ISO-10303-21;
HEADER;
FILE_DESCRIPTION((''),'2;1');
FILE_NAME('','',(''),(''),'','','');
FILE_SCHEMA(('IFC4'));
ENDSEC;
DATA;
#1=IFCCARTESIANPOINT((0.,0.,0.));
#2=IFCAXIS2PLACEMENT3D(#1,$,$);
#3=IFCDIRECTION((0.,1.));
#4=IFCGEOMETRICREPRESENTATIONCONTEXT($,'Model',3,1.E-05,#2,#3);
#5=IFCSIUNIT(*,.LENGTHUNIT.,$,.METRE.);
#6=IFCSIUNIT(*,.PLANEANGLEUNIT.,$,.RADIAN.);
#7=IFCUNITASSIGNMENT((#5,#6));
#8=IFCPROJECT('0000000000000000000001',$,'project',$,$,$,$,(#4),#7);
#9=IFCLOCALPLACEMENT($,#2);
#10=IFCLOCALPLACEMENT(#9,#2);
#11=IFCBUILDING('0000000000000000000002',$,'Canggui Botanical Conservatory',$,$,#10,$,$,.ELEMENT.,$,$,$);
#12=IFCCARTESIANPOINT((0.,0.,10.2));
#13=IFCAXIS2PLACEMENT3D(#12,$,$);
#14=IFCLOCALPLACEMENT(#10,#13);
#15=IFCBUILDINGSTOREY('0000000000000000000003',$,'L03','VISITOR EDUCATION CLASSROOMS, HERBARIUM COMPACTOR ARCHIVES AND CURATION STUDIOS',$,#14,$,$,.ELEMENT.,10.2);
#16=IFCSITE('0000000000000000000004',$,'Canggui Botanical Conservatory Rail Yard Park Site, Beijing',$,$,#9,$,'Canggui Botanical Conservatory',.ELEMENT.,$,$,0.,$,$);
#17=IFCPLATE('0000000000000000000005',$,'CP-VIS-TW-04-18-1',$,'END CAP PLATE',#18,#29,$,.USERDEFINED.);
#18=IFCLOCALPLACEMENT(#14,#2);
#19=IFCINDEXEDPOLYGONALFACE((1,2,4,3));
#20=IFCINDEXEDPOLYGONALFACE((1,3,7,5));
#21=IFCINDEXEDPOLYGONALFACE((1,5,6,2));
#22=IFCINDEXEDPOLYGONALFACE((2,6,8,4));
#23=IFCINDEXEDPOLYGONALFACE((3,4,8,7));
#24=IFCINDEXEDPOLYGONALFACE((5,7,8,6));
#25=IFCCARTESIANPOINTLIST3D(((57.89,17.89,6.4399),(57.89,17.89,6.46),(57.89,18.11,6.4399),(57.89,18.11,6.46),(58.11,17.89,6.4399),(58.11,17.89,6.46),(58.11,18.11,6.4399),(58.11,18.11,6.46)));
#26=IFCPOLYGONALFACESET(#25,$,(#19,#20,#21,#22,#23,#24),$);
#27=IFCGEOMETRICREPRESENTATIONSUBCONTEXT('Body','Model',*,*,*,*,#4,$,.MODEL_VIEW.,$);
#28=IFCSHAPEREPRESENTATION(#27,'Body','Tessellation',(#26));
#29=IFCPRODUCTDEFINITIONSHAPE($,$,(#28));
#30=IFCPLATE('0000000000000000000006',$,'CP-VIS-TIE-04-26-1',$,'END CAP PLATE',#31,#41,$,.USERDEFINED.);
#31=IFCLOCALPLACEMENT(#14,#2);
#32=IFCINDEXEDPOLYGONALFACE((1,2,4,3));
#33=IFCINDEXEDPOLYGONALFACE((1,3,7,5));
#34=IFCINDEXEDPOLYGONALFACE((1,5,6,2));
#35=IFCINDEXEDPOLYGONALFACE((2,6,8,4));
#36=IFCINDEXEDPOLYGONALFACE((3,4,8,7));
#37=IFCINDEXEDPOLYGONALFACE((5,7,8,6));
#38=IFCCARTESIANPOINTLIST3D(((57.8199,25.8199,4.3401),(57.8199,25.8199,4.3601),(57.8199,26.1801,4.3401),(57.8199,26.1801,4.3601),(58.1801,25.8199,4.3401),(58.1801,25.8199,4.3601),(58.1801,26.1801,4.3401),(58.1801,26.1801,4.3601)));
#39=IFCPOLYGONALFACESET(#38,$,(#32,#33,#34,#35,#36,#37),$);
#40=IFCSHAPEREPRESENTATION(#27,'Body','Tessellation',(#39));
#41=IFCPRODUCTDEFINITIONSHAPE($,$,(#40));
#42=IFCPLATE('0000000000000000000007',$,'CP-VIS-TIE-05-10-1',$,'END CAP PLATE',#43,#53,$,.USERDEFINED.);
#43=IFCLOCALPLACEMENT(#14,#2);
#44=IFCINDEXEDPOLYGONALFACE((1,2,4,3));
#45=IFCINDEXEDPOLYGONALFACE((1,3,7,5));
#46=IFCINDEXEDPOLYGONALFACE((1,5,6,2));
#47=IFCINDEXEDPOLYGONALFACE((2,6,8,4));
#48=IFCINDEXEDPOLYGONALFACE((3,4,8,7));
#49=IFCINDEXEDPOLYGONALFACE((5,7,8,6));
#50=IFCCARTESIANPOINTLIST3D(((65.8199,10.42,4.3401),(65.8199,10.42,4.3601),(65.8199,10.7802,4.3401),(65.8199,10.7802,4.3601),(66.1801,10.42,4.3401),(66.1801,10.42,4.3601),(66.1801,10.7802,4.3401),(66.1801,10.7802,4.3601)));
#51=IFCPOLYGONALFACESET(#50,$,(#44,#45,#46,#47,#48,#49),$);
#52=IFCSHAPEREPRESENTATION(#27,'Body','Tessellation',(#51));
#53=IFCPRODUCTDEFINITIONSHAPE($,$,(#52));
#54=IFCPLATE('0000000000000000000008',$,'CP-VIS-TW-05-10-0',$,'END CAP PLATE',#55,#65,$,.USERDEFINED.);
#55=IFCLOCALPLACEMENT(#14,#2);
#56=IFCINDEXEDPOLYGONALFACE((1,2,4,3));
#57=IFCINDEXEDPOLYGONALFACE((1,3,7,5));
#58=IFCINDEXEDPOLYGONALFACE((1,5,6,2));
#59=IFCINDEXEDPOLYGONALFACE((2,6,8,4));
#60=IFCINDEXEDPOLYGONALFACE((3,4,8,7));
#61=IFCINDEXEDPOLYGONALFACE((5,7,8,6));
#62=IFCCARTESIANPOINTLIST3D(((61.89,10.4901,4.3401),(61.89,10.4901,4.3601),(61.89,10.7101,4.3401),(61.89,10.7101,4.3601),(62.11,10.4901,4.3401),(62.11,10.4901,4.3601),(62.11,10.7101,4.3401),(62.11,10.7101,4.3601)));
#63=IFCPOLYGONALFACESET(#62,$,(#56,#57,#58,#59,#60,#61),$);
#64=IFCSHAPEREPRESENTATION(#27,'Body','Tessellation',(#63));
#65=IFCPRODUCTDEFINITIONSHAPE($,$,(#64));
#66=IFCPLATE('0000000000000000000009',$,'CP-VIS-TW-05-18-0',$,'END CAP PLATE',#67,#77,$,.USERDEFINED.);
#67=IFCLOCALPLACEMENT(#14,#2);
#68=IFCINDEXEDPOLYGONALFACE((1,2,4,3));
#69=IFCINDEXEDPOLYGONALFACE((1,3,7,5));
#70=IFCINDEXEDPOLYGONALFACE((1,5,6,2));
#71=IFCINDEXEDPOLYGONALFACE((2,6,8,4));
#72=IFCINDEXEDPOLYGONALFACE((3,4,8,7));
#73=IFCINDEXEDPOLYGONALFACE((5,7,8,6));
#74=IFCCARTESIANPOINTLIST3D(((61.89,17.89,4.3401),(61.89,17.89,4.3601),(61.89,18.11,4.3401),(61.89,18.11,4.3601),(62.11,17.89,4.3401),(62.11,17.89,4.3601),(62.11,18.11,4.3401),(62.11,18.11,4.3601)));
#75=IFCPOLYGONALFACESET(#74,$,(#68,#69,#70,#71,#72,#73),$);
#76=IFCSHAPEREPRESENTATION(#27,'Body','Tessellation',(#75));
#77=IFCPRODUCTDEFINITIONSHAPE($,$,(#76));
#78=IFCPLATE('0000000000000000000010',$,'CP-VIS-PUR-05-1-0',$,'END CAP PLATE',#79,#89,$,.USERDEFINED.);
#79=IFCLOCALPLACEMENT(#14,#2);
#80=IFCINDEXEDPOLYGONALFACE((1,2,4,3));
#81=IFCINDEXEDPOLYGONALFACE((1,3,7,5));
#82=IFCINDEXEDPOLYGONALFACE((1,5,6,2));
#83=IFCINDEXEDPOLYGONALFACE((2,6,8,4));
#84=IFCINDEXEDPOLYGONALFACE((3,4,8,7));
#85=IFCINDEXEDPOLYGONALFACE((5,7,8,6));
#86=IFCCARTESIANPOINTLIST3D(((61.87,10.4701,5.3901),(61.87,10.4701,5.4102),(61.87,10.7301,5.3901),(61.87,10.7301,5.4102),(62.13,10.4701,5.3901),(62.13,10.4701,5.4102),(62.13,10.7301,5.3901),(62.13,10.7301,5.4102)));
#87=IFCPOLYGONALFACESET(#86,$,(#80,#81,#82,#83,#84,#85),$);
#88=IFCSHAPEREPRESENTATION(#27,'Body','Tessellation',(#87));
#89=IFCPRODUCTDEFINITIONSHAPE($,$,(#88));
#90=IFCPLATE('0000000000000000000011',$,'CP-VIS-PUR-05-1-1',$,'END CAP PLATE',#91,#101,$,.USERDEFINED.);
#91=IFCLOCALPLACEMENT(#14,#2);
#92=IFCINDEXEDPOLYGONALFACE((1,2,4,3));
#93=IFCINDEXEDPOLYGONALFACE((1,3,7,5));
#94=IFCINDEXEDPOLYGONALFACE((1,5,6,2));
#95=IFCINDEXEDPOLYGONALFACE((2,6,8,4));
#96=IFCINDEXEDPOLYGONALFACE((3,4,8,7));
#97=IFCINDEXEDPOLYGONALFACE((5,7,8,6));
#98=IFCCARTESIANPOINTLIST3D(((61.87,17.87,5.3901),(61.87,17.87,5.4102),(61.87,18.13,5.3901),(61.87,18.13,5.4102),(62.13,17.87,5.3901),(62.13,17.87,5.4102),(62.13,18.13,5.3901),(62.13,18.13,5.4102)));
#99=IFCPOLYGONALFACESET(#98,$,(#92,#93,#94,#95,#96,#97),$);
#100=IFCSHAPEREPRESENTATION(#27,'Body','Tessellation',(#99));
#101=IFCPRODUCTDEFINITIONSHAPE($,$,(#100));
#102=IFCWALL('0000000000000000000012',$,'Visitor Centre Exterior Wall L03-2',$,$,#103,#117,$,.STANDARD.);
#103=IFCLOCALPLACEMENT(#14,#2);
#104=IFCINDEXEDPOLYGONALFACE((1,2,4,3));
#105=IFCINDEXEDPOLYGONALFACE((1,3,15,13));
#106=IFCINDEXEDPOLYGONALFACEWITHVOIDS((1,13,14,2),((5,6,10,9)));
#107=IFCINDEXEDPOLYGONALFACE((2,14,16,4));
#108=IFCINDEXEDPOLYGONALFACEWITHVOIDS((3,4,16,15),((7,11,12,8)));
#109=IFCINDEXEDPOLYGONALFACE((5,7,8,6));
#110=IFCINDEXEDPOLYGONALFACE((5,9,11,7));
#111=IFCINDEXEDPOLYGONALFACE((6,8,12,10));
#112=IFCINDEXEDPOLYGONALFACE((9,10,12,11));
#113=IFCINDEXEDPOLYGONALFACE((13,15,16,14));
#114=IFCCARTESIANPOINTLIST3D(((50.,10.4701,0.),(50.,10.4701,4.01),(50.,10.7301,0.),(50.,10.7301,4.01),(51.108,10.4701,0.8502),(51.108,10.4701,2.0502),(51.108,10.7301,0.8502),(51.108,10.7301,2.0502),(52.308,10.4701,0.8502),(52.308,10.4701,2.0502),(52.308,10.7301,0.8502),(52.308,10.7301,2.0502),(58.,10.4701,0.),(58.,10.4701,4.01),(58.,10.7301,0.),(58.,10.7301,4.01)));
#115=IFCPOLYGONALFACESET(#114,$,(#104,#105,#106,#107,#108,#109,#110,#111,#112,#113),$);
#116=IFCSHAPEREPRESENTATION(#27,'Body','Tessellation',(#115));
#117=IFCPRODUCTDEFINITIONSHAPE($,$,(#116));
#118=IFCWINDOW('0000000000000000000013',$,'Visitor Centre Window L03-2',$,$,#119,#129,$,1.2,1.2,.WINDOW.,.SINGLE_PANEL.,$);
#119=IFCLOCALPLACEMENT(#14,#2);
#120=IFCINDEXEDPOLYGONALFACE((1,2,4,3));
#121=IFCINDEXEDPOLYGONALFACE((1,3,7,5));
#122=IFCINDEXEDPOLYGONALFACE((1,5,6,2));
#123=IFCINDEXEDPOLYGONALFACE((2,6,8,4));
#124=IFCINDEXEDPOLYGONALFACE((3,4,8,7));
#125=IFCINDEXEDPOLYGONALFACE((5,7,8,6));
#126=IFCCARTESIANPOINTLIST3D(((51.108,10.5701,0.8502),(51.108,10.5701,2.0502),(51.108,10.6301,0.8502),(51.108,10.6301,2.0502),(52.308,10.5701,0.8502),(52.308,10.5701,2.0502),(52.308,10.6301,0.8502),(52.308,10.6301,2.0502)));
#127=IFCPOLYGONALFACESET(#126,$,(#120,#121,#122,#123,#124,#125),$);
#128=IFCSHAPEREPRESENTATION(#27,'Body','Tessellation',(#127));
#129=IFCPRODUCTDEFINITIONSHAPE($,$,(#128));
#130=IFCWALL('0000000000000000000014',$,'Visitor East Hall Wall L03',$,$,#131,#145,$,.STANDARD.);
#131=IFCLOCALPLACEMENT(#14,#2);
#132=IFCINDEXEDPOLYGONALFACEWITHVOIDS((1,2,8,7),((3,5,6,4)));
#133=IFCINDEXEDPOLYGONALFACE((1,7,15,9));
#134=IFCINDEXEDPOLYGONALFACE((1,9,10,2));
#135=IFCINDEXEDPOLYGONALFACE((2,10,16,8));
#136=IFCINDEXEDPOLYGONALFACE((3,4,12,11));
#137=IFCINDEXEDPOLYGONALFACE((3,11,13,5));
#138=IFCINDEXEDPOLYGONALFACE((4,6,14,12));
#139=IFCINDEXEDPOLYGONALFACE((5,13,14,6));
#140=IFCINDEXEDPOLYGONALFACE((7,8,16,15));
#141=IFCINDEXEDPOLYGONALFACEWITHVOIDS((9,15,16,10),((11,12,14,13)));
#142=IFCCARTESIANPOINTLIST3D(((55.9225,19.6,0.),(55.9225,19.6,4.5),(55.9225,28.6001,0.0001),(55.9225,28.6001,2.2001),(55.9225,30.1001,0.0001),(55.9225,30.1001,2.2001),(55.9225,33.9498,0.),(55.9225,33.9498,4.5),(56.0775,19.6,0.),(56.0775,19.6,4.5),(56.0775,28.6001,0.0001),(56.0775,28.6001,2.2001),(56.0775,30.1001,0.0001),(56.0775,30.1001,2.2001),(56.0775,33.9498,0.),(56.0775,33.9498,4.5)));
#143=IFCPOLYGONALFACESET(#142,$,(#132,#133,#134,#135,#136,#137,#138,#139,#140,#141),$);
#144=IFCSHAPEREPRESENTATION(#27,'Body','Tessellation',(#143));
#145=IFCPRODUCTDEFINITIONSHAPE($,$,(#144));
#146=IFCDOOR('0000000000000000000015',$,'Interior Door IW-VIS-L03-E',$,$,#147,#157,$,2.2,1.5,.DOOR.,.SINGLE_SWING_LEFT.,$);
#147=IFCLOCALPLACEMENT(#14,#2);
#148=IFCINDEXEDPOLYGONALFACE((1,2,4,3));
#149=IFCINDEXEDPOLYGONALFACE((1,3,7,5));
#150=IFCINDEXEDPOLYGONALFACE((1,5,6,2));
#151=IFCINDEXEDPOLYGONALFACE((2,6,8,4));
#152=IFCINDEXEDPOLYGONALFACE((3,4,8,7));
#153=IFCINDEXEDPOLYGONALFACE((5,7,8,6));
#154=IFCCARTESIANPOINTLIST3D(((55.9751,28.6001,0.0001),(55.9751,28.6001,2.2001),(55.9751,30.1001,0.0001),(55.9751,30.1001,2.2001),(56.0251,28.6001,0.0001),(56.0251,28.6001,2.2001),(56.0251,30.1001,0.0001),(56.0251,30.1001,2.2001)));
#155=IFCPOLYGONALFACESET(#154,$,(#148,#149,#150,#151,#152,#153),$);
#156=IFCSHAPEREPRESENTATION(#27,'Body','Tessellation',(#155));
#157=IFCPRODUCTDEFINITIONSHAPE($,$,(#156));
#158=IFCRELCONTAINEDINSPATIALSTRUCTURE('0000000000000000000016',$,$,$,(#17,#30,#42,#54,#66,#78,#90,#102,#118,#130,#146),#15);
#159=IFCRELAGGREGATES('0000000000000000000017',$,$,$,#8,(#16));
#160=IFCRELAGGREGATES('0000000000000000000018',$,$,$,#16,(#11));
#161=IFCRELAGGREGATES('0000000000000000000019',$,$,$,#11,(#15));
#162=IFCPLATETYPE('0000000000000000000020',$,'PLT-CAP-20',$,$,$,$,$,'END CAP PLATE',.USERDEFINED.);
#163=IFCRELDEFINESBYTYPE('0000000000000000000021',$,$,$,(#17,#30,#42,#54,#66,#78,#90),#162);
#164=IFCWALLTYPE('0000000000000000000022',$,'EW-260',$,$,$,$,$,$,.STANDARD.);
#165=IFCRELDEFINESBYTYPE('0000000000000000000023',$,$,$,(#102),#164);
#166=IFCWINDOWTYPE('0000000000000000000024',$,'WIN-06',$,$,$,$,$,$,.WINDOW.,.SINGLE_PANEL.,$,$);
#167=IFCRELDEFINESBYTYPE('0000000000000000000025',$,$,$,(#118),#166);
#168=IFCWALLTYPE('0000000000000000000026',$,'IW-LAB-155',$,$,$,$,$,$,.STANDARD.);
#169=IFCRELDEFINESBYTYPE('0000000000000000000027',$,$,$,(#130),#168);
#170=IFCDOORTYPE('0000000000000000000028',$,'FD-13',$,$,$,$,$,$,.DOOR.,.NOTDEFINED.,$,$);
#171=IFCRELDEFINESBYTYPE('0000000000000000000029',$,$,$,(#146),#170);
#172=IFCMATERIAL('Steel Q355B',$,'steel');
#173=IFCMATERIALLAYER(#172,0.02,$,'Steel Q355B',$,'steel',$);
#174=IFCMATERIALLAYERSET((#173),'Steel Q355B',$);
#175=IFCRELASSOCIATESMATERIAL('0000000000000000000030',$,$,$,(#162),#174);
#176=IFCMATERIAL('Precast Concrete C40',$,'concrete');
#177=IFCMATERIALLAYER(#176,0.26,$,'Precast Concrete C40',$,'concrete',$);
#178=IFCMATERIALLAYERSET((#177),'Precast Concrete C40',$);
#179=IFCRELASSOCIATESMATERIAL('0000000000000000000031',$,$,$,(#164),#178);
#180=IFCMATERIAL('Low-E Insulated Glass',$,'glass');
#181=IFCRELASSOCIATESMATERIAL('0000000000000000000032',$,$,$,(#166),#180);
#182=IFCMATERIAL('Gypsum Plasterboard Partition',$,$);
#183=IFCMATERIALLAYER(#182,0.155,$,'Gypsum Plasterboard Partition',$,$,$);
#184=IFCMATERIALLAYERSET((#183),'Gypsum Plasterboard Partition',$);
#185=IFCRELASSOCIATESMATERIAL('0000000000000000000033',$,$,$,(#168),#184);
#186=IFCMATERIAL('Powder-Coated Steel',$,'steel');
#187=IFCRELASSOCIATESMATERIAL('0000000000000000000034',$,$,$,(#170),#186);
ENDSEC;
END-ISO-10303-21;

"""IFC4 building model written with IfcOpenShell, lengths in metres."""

from ifc_helpers import new_model, si_unit, direction, frame, frame_2d, origin, origin_2d, place, context, subcontext, project, spatial, rectangle, extrude, material, layer, layer_set, type_object, element, fill, save


model = new_model("IFC4")

# Units and contexts
model_context = context("Model", 3, precision=1e-05, world=origin(), true_north=direction((0.0, 1.0)))
body_context = subcontext(model_context, "Body", "Model", "MODEL_VIEW")
ifc_project = project(units=[si_unit("LENGTHUNIT", "METRE"), si_unit("PLANEANGLEUNIT", "RADIAN")], contexts=[model_context])

# Site, building, storey
site_placement = place(None, origin())
site = spatial("IfcSite", under=ifc_project, at=site_placement, Name="Canggui Botanical Conservatory Rail Yard Park Site, Beijing", LongName="Canggui Botanical Conservatory", CompositionType="ELEMENT", RefElevation=0.0)
building_placement = place(site_placement, origin())
building = spatial("IfcBuilding", under=site, at=building_placement, Name="Canggui Botanical Conservatory", CompositionType="ELEMENT")
storey_placement = place(building_placement, frame((0.0, 0.0, 10.2)))
storey = spatial("IfcBuildingStorey", under=building, at=storey_placement, Name="L03", Description="VISITOR EDUCATION CLASSROOMS, HERBARIUM COMPACTOR ARCHIVES AND CURATION STUDIOS", CompositionType="ELEMENT", Elevation=10.2)

# Shared definitions
ifc_material_1 = material(Name="Steel Q355B", Category="steel")

# Plates
ifc_layer_1 = layer(ifc_material_1, 0.02, Name="Steel Q355B", Category="steel")
ifc_layer_set_1 = layer_set([ifc_layer_1], Name="Steel Q355B")
plate_type = type_object("IfcPlateType", Name="PLT-CAP-20", ElementType="END CAP PLATE", PredefinedType="USERDEFINED", material=ifc_layer_set_1)
plate_1_placement = place(storey_placement, frame((58.0, 18.0, 6.4399), z_axis=(0.0, 0.0, 1.0), x_axis=(1.0, 0.0, 0.0)))
element("IfcPlate", 1, at=plate_1_placement, inside=storey, type_object=plate_type, Name="CP-VIS-TW-04-18-1", ObjectType="END CAP PLATE", PredefinedType="USERDEFINED", context=body_context, shape_type="SweptSolid", body=[
    extrude(rectangle(XDim=0.22, YDim=0.22, at=origin_2d()), origin(), (0.0, 0.0, 1.0), 0.02),
])
for number, where, z_axis, x_axis, name in (
    (2, (58.0, 26.0, 4.3401), (0.0, 0.0, 1.0), (1.0, 0.0, 0.0), "CP-VIS-TIE-04-26-1"),
    (3, (66.0, 10.6001, 4.3401), (0.0, 0.0, 1.0), (1.0, 0.0, 0.0), "CP-VIS-TIE-05-10-1"),
):
    element("IfcPlate", number, at=place(storey_placement, frame(where, z_axis=z_axis, x_axis=x_axis)), inside=storey, type_object=plate_type, Name=name, ObjectType="END CAP PLATE", PredefinedType="USERDEFINED", context=body_context, shape_type="SweptSolid", body=[
        extrude(rectangle(XDim=0.3601, YDim=0.3601, at=origin_2d()), origin(), (0.0, 0.0, 1.0), 0.02),
    ])
for number, where, z_axis, x_axis, name in (
    (4, (62.0, 10.6001, 4.3401), (0.0, 0.0, 1.0), (1.0, 0.0, 0.0), "CP-VIS-TW-05-10-0"),
    (5, (62.0, 18.0, 4.3401), (0.0, 0.0, 1.0), (1.0, 0.0, 0.0), "CP-VIS-TW-05-18-0"),
):
    element("IfcPlate", number, at=place(storey_placement, frame(where, z_axis=z_axis, x_axis=x_axis)), inside=storey, type_object=plate_type, Name=name, ObjectType="END CAP PLATE", PredefinedType="USERDEFINED", context=body_context, shape_type="SweptSolid", body=[
        extrude(rectangle(XDim=0.22, YDim=0.22, at=origin_2d()), origin(), (0.0, 0.0, 1.0), 0.02),
    ])
for number, where, z_axis, x_axis, name in (
    (6, (62.0, 10.6001, 5.3901), (0.0, 0.0, 1.0), (1.0, 0.0, 0.0), "CP-VIS-PUR-05-1-0"),
    (7, (62.0, 18.0, 5.3901), (0.0, 0.0, 1.0), (1.0, 0.0, 0.0), "CP-VIS-PUR-05-1-1"),
):
    element("IfcPlate", number, at=place(storey_placement, frame(where, z_axis=z_axis, x_axis=x_axis)), inside=storey, type_object=plate_type, Name=name, ObjectType="END CAP PLATE", PredefinedType="USERDEFINED", context=body_context, shape_type="SweptSolid", body=[
        extrude(rectangle(XDim=0.26, YDim=0.26, at=origin_2d()), origin(), (0.0, 0.0, 1.0), 0.02),
    ])

# Wall, opening, window
ifc_material_2 = material(Name="Precast Concrete C40", Category="concrete")
ifc_layer_2 = layer(ifc_material_2, 0.26, Name="Precast Concrete C40", Category="concrete")
ifc_layer_set_2 = layer_set([ifc_layer_2], Name="Precast Concrete C40")
wall_type_1 = type_object("IfcWallType", Name="EW-260", PredefinedType="STANDARD", material=ifc_layer_set_2)
wall_1_placement = place(storey_placement, frame((58.0, 10.6001, 0.0), z_axis=(0.0, 0.0, 1.0), x_axis=(-1.0, 0.0, 0.0)))
wall_1 = element("IfcWall", 8, at=wall_1_placement, inside=storey, type_object=wall_type_1, Name="Visitor Centre Exterior Wall L03-2", PredefinedType="STANDARD", context=body_context, shape_type="SweptSolid", body=[
    extrude(rectangle(XDim=8.0, YDim=0.26, at=frame_2d((4.0, 0.0))), origin(), (0.0, 0.0, 1.0), 4.01),
])
opening_1_placement = place(wall_1_placement, frame((5.6919, 0.0, 0.8501)))
opening_1 = element("IfcOpeningElement", 9, at=opening_1_placement, cuts=wall_1, PredefinedType="OPENING", context=body_context, shape_type="SweptSolid", body=[
    extrude(rectangle(XDim=1.2, YDim=1.2, at=frame_2d((0.6001, 0.6001))), frame((0.0, 0.1401, 0.0), z_axis=(0.0, -1.0, 0.0), x_axis=(1.0, 0.0, 0.0)), (0.0, 0.0, 1.0), 0.28),
])
ifc_material_3 = material(Name="Low-E Insulated Glass", Category="glass")
window_type = type_object("IfcWindowType", Name="WIN-06", PartitioningType="SINGLE_PANEL", PredefinedType="WINDOW", material=ifc_material_3)
window_placement = place(opening_1_placement, origin())
window = element("IfcWindow", 10, at=window_placement, inside=storey, type_object=window_type, Name="Visitor Centre Window L03-2", OverallHeight=1.2, OverallWidth=1.2, PartitioningType="SINGLE_PANEL", PredefinedType="WINDOW", context=body_context, shape_type="SweptSolid", body=[
    extrude(rectangle(XDim=1.2, YDim=1.2, at=frame_2d((0.6001, 0.6001))), frame((0.0, 0.03, 0.0), z_axis=(0.0, -1.0, 0.0), x_axis=(1.0, 0.0, 0.0)), (0.0, 0.0, 1.0), 0.0601),
])
fill(opening_1, window)

# Wall, opening, door
ifc_material_4 = material(Name="Gypsum Plasterboard Partition")
ifc_layer_3 = layer(ifc_material_4, 0.155, Name="Gypsum Plasterboard Partition")
ifc_layer_set_3 = layer_set([ifc_layer_3], Name="Gypsum Plasterboard Partition")
wall_type_2 = type_object("IfcWallType", Name="IW-LAB-155", PredefinedType="STANDARD", material=ifc_layer_set_3)
wall_2_placement = place(storey_placement, frame((56.0, 19.6001, 0.0), z_axis=(0.0, 0.0, 1.0), x_axis=(0.0, 1.0, 0.0)))
wall_2 = element("IfcWall", 11, at=wall_2_placement, inside=storey, type_object=wall_type_2, Name="Visitor East Hall Wall L03", PredefinedType="STANDARD", context=body_context, shape_type="SweptSolid", body=[
    extrude(rectangle(XDim=14.3499, YDim=0.155, at=frame_2d((7.1748, 0.0))), origin(), (0.0, 0.0, 1.0), 4.5),
])
opening_2_placement = place(wall_2_placement, frame((9.0, 0.0, 0.0)))
opening_2 = element("IfcOpeningElement", 12, at=opening_2_placement, cuts=wall_2, PredefinedType="OPENING", context=body_context, shape_type="SweptSolid", body=[
    extrude(rectangle(XDim=1.5, YDim=2.2, at=frame_2d((0.75, 1.1001))), frame((0.0, 0.0874, 0.0), z_axis=(0.0, -1.0, 0.0), x_axis=(1.0, 0.0, 0.0)), (0.0, 0.0, 1.0), 0.175),
])
ifc_material_5 = material(Name="Powder-Coated Steel", Category="steel")
door_type_1 = type_object("IfcDoorType", Name="FD-13", OperationType="NOTDEFINED", PredefinedType="DOOR", material=ifc_material_5)
door_1_placement = place(opening_2_placement, origin())
door_1 = element("IfcDoor", 13, at=door_1_placement, inside=storey, type_object=door_type_1, Name="Interior Door IW-VIS-L03-E", OperationType="SINGLE_SWING_LEFT", OverallHeight=2.2, OverallWidth=1.5, PredefinedType="DOOR", context=body_context, shape_type="SweptSolid", body=[
    extrude(rectangle(XDim=1.5, YDim=2.2, at=frame_2d((0.75, 1.1001))), frame((0.0, 0.0249, 0.0), z_axis=(0.0, -1.0, 0.0), x_axis=(1.0, 0.0, 0.0)), (0.0, 0.0, 1.0), 0.05),
])
fill(opening_2, door_1)

save(model, "model.ifc")
